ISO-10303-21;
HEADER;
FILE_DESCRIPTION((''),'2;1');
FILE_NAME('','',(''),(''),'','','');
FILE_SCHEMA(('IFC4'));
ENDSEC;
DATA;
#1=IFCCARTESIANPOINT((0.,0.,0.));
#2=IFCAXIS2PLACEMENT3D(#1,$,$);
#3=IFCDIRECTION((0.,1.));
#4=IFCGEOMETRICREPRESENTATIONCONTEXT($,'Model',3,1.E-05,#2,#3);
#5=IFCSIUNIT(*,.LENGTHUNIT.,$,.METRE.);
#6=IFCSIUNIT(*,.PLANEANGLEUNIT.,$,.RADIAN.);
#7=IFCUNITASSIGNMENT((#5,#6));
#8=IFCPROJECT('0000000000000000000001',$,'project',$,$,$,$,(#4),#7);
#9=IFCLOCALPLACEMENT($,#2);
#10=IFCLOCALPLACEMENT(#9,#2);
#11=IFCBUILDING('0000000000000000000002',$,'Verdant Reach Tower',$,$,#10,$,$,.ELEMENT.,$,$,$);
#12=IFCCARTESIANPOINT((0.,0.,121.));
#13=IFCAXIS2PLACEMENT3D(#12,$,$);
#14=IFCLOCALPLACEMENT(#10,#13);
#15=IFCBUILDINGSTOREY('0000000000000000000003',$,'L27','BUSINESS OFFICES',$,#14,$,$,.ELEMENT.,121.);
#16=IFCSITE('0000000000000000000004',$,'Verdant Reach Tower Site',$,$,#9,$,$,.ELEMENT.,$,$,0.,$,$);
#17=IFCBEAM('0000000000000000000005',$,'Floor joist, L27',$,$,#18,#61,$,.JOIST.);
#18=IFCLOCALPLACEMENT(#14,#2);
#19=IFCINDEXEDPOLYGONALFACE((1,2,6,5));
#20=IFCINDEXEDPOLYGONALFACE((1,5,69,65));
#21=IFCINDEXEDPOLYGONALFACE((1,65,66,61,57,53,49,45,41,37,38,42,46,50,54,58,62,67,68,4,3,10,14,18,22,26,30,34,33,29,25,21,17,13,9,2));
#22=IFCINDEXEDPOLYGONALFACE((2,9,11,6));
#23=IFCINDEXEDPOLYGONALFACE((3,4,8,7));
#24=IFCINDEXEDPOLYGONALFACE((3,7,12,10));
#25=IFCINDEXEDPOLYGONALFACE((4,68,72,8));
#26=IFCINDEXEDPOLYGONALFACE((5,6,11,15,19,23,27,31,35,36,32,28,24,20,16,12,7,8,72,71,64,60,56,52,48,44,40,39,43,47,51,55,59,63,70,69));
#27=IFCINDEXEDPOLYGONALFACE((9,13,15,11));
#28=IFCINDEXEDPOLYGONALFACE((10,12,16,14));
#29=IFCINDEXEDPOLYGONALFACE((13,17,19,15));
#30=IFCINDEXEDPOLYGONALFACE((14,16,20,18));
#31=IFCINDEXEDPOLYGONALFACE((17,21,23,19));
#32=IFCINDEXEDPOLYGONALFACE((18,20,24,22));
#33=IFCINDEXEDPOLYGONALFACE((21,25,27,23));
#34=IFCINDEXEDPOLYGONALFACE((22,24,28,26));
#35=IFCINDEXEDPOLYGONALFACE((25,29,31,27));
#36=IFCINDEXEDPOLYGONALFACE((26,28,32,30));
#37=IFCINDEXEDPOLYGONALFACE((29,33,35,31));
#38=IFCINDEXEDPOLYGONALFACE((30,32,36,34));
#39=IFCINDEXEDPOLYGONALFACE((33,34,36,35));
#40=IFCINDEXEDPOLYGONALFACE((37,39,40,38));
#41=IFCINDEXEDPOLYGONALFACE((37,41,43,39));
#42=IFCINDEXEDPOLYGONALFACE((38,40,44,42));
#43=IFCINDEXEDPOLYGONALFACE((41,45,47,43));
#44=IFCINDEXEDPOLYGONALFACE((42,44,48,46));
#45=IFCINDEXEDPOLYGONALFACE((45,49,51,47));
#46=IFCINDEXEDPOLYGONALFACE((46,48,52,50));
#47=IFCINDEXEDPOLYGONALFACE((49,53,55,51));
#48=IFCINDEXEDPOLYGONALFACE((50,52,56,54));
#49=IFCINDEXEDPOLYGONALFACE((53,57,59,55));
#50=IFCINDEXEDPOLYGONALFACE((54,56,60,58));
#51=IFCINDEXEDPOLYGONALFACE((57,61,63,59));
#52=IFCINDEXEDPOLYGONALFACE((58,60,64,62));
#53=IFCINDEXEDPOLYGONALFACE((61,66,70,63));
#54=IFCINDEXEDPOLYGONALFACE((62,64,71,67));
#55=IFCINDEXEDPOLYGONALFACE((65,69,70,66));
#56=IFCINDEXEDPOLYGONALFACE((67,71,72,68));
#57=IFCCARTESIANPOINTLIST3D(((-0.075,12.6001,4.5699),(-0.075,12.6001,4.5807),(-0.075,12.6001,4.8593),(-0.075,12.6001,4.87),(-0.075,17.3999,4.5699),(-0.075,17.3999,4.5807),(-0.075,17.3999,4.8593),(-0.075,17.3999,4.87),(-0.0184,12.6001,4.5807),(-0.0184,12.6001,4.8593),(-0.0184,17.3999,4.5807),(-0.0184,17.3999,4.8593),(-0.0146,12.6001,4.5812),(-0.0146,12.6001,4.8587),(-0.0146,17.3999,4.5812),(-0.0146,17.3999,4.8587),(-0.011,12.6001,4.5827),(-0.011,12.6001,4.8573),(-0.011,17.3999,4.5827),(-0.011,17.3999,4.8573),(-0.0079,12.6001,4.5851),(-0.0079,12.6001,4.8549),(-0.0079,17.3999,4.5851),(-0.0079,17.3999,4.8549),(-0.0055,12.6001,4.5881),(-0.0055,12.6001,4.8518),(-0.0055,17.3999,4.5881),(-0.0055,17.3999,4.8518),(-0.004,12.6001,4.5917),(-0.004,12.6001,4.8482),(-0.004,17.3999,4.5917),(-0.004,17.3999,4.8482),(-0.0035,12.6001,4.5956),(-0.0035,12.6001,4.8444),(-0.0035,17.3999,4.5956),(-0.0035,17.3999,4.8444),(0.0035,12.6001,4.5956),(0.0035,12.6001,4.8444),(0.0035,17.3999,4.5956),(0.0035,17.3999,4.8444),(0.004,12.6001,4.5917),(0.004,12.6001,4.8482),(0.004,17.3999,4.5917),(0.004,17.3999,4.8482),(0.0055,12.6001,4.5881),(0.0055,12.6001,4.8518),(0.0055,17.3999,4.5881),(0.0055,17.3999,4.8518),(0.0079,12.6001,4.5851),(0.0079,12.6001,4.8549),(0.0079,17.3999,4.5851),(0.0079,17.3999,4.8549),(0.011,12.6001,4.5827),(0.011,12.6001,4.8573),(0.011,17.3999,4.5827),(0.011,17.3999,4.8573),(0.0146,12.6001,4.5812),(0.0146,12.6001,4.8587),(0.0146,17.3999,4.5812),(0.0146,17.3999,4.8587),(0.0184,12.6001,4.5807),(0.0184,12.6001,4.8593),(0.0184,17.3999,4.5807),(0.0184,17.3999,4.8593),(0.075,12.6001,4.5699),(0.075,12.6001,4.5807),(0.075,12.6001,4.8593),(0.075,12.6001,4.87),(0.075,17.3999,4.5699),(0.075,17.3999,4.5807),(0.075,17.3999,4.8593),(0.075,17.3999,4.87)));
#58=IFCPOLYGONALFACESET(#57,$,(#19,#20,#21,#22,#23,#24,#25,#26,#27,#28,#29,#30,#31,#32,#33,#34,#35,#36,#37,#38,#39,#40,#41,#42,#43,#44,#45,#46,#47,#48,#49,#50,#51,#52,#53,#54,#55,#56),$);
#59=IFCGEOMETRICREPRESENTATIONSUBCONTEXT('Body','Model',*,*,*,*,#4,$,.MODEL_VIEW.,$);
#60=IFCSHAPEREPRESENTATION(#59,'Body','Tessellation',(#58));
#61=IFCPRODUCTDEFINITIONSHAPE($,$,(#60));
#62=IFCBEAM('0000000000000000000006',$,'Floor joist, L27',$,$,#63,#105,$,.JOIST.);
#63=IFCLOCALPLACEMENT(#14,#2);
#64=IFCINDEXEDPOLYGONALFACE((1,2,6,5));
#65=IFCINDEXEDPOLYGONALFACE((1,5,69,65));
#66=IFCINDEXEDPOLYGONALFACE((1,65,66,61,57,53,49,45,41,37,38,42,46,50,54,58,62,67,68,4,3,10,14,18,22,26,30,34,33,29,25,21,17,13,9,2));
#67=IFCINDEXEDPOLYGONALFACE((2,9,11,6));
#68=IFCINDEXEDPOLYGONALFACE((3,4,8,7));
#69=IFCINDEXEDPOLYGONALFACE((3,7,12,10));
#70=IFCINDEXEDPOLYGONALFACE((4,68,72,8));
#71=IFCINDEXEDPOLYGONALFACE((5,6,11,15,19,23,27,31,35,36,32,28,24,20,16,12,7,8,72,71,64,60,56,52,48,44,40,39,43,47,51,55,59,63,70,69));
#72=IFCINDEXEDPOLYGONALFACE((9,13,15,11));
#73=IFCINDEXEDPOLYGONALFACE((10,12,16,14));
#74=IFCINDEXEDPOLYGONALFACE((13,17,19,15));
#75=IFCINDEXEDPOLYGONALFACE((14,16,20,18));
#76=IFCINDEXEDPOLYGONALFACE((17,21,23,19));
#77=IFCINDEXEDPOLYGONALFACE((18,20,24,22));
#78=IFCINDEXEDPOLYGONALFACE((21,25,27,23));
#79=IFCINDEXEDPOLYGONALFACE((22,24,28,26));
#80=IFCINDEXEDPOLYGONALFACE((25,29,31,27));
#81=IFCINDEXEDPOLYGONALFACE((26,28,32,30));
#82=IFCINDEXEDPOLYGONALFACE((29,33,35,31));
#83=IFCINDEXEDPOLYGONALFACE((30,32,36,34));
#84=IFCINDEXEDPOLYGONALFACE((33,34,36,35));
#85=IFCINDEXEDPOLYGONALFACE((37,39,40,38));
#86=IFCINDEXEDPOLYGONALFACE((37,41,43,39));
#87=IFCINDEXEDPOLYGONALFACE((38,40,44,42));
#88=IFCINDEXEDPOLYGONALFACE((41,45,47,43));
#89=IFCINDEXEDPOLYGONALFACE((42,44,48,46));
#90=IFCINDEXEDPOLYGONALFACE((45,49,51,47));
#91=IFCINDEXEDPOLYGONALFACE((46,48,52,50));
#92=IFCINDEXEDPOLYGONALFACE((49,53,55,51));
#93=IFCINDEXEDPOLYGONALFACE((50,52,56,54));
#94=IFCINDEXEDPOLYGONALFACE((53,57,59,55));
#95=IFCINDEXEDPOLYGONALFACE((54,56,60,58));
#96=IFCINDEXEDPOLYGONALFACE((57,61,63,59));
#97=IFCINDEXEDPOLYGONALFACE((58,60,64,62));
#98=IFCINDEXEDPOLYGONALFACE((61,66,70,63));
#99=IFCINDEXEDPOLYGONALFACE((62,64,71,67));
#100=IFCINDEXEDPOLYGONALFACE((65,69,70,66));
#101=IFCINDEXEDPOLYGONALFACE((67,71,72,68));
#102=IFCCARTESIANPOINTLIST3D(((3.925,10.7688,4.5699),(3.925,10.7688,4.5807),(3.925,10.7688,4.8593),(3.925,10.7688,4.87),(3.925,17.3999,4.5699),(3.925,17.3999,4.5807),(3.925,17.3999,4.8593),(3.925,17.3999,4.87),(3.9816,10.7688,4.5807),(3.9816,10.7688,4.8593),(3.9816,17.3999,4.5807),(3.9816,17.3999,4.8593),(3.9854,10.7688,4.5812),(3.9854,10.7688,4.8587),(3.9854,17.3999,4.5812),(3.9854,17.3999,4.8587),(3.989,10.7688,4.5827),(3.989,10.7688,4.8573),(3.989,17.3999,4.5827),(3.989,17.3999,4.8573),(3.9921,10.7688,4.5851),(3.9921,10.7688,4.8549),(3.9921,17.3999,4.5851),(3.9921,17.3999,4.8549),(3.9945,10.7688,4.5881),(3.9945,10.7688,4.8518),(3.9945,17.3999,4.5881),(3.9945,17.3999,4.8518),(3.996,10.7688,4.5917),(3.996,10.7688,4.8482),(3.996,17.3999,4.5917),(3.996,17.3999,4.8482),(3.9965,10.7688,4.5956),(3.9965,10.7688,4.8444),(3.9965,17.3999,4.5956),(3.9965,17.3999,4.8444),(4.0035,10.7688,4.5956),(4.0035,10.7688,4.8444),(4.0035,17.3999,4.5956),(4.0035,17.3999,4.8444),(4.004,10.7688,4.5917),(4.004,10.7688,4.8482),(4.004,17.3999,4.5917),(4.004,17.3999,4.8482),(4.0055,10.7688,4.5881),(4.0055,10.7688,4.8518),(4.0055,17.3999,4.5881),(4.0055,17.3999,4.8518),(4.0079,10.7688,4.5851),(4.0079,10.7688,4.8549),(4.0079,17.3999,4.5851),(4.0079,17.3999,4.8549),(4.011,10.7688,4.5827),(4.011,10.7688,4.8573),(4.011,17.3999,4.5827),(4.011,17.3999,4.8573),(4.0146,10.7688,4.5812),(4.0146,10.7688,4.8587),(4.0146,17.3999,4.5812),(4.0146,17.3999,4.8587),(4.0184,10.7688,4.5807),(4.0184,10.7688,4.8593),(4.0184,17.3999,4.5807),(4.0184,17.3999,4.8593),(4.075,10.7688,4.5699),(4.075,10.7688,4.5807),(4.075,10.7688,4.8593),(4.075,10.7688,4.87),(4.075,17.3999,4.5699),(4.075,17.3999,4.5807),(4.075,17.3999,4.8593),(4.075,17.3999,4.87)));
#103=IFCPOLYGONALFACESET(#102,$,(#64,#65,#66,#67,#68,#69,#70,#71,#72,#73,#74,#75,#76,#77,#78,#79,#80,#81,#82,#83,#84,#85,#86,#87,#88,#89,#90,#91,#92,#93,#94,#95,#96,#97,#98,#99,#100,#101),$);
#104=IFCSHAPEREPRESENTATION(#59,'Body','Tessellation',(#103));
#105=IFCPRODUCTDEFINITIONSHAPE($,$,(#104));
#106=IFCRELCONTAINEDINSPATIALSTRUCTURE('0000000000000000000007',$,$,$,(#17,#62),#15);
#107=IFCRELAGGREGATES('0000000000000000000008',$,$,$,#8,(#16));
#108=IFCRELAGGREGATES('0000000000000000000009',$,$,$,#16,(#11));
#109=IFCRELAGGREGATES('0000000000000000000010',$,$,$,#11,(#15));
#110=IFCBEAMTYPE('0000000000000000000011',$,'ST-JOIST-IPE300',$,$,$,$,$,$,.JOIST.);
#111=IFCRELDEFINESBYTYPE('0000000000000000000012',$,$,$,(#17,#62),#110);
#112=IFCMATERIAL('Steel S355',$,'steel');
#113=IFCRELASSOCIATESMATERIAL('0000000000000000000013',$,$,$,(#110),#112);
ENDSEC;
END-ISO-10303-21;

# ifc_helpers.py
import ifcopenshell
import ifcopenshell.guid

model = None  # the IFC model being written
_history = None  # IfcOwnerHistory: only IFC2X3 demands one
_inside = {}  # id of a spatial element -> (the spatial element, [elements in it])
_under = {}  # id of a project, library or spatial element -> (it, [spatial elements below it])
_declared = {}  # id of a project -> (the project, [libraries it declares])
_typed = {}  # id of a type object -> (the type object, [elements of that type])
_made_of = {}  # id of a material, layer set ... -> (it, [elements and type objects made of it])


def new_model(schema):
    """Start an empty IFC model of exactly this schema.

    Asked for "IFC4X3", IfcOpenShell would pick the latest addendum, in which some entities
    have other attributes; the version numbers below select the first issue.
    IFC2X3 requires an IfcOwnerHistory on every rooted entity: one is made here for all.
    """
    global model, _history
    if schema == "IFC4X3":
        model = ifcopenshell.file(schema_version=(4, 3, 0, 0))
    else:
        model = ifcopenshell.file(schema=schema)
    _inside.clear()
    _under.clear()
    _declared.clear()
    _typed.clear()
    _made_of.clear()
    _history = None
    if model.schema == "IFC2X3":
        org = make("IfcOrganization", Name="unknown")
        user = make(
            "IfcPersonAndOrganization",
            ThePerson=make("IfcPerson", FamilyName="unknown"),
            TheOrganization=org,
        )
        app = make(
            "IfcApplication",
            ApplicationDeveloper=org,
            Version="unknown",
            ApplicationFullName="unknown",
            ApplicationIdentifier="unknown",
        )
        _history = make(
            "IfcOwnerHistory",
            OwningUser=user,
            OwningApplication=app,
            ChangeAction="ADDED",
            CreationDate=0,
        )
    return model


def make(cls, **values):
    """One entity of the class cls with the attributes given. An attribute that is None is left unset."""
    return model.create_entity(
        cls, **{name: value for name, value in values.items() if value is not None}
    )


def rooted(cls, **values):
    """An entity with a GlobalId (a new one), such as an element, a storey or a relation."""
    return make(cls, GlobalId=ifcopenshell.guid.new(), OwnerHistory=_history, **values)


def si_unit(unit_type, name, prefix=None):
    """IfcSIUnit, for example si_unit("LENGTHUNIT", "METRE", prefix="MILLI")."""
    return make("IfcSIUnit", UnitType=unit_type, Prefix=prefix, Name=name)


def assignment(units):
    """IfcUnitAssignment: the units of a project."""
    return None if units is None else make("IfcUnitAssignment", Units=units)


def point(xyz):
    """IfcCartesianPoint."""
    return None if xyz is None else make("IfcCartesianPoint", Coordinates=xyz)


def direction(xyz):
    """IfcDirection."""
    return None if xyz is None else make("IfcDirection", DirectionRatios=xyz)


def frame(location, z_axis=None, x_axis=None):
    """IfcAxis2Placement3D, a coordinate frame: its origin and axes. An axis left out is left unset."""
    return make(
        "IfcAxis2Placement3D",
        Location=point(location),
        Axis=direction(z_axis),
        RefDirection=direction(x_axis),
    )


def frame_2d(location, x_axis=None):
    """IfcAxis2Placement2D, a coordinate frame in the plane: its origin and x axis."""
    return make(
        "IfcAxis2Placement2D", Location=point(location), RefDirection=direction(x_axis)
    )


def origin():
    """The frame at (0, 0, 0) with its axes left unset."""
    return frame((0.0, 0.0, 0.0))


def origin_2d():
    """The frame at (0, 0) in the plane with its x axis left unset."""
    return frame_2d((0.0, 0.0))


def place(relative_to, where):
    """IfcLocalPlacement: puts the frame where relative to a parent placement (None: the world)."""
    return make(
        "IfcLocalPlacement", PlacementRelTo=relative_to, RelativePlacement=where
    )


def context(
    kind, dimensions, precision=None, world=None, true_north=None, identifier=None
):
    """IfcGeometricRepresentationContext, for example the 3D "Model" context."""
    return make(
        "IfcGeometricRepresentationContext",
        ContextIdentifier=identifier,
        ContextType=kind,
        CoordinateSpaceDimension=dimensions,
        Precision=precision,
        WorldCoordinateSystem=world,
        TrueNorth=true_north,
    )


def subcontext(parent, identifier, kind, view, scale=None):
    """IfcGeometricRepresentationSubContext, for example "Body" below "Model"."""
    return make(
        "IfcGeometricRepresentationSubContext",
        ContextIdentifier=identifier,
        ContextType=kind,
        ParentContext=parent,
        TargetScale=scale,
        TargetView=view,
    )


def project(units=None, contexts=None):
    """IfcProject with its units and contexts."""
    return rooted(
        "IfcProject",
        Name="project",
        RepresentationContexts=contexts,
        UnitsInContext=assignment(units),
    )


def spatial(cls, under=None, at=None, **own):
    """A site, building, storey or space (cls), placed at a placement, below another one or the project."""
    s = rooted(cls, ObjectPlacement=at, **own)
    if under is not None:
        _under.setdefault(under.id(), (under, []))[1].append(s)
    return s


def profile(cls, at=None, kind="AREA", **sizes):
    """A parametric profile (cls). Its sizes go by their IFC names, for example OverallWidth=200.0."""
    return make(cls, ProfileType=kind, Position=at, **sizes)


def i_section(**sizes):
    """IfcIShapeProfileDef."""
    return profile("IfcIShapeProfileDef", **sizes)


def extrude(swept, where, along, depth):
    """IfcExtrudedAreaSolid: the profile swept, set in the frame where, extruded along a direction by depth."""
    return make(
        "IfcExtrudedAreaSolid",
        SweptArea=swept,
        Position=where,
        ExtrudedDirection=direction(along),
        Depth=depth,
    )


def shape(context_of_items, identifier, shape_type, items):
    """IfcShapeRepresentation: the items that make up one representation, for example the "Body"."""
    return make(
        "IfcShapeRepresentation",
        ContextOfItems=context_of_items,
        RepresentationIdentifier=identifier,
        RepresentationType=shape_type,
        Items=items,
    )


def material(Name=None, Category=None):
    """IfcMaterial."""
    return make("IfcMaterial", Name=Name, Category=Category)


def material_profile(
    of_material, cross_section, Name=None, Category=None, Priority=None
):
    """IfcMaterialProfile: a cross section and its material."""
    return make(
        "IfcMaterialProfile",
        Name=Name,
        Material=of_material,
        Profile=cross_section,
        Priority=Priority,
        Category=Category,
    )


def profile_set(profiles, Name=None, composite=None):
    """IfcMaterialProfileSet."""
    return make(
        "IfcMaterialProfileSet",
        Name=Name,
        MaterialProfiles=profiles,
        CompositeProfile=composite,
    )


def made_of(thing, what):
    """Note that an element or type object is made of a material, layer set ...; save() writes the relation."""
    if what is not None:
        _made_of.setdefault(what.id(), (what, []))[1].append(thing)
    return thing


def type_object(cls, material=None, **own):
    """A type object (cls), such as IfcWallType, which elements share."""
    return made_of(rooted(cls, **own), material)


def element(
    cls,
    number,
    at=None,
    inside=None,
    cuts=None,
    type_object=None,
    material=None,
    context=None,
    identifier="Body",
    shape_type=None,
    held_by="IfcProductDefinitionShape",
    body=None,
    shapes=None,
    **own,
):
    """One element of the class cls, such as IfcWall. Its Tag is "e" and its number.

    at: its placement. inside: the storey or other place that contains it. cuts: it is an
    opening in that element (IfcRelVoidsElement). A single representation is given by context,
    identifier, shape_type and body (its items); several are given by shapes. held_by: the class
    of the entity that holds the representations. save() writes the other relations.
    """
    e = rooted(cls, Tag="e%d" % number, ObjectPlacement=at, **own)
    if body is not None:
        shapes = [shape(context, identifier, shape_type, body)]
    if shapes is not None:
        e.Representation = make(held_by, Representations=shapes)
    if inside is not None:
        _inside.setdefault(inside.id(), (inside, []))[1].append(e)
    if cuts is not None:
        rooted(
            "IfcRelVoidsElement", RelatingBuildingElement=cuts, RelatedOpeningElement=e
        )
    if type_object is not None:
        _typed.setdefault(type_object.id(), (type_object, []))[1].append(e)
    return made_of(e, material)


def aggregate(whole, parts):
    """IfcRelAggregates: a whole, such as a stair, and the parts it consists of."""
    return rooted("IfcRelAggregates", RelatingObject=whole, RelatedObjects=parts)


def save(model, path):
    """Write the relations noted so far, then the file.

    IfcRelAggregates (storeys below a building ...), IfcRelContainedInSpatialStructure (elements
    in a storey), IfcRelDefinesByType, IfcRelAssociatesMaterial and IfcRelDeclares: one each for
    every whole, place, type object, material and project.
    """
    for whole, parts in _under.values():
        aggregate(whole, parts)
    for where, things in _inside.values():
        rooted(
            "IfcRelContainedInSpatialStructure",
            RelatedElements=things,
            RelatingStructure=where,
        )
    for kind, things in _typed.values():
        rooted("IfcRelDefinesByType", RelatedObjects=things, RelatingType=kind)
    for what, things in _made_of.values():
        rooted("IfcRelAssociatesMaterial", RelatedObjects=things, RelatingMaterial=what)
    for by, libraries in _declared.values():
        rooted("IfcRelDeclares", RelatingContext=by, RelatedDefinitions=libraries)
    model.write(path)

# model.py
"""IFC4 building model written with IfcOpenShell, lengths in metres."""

from ifc_helpers import new_model, si_unit, direction, frame, origin, origin_2d, place, context, subcontext, project, spatial, i_section, extrude, material, material_profile, profile_set, type_object, element, save


model = new_model("IFC4")

# Units and contexts
model_context = context("Model", 3, precision=1e-05, world=origin(), true_north=direction((0.0, 1.0)))
body_context = subcontext(model_context, "Body", "Model", "MODEL_VIEW")
ifc_project = project(units=[si_unit("LENGTHUNIT", "METRE"), si_unit("PLANEANGLEUNIT", "RADIAN")], contexts=[model_context])

# Site, building, storey
site_placement = place(None, origin())
site = spatial("IfcSite", under=ifc_project, at=site_placement, Name="Verdant Reach Tower Site", CompositionType="ELEMENT", RefElevation=0.0)
building_placement = place(site_placement, origin())
building = spatial("IfcBuilding", under=site, at=building_placement, Name="Verdant Reach Tower", CompositionType="ELEMENT")
storey_placement = place(building_placement, frame((0.0, 0.0, 121.0)))
storey = spatial("IfcBuildingStorey", under=building, at=storey_placement, Name="L27", Description="BUSINESS OFFICES", CompositionType="ELEMENT", Elevation=121.0)

# Beams
ifc_material_1 = material(Name="Steel S355", Category="steel")
ifc_material_profile = material_profile(ifc_material_1, i_section(OverallWidth=0.1499, OverallDepth=0.3, WebThickness=0.0071, FlangeThickness=0.0107, FilletRadius=0.0149, at=origin_2d()), Name="IPE 300")
ifc_profile_set = profile_set([ifc_material_profile], Name="Steel S355")
beam_type = type_object("IfcBeamType", Name="ST-JOIST-IPE300", PredefinedType="JOIST", material=ifc_profile_set)
beam_1_placement = place(storey_placement, frame((0.0, 17.3999, 4.72), z_axis=(0.0, -1.0, 0.0), x_axis=(1.0, 0.0, 0.0)))
element("IfcBeam", 1, at=beam_1_placement, inside=storey, type_object=beam_type, Name="Floor joist, L27", PredefinedType="JOIST", context=body_context, shape_type="SweptSolid", body=[
    extrude(i_section(OverallWidth=0.1499, OverallDepth=0.3, WebThickness=0.0071, FlangeThickness=0.0107, FilletRadius=0.0149, at=origin_2d()), origin(), (0.0, 0.0, 1.0), 4.7998),
])
beam_2_placement = place(storey_placement, frame((4.0, 17.3999, 4.72), z_axis=(0.0, -1.0, 0.0), x_axis=(1.0, 0.0, 0.0)))
element("IfcBeam", 2, at=beam_2_placement, inside=storey, type_object=beam_type, Name="Floor joist, L27", PredefinedType="JOIST", context=body_context, shape_type="SweptSolid", body=[
    extrude(i_section(OverallWidth=0.1499, OverallDepth=0.3, WebThickness=0.0071, FlangeThickness=0.0107, FilletRadius=0.0149, at=origin_2d()), origin(), (0.0, 0.0, 1.0), 6.6311),
])

save(model, "model.ifc")
